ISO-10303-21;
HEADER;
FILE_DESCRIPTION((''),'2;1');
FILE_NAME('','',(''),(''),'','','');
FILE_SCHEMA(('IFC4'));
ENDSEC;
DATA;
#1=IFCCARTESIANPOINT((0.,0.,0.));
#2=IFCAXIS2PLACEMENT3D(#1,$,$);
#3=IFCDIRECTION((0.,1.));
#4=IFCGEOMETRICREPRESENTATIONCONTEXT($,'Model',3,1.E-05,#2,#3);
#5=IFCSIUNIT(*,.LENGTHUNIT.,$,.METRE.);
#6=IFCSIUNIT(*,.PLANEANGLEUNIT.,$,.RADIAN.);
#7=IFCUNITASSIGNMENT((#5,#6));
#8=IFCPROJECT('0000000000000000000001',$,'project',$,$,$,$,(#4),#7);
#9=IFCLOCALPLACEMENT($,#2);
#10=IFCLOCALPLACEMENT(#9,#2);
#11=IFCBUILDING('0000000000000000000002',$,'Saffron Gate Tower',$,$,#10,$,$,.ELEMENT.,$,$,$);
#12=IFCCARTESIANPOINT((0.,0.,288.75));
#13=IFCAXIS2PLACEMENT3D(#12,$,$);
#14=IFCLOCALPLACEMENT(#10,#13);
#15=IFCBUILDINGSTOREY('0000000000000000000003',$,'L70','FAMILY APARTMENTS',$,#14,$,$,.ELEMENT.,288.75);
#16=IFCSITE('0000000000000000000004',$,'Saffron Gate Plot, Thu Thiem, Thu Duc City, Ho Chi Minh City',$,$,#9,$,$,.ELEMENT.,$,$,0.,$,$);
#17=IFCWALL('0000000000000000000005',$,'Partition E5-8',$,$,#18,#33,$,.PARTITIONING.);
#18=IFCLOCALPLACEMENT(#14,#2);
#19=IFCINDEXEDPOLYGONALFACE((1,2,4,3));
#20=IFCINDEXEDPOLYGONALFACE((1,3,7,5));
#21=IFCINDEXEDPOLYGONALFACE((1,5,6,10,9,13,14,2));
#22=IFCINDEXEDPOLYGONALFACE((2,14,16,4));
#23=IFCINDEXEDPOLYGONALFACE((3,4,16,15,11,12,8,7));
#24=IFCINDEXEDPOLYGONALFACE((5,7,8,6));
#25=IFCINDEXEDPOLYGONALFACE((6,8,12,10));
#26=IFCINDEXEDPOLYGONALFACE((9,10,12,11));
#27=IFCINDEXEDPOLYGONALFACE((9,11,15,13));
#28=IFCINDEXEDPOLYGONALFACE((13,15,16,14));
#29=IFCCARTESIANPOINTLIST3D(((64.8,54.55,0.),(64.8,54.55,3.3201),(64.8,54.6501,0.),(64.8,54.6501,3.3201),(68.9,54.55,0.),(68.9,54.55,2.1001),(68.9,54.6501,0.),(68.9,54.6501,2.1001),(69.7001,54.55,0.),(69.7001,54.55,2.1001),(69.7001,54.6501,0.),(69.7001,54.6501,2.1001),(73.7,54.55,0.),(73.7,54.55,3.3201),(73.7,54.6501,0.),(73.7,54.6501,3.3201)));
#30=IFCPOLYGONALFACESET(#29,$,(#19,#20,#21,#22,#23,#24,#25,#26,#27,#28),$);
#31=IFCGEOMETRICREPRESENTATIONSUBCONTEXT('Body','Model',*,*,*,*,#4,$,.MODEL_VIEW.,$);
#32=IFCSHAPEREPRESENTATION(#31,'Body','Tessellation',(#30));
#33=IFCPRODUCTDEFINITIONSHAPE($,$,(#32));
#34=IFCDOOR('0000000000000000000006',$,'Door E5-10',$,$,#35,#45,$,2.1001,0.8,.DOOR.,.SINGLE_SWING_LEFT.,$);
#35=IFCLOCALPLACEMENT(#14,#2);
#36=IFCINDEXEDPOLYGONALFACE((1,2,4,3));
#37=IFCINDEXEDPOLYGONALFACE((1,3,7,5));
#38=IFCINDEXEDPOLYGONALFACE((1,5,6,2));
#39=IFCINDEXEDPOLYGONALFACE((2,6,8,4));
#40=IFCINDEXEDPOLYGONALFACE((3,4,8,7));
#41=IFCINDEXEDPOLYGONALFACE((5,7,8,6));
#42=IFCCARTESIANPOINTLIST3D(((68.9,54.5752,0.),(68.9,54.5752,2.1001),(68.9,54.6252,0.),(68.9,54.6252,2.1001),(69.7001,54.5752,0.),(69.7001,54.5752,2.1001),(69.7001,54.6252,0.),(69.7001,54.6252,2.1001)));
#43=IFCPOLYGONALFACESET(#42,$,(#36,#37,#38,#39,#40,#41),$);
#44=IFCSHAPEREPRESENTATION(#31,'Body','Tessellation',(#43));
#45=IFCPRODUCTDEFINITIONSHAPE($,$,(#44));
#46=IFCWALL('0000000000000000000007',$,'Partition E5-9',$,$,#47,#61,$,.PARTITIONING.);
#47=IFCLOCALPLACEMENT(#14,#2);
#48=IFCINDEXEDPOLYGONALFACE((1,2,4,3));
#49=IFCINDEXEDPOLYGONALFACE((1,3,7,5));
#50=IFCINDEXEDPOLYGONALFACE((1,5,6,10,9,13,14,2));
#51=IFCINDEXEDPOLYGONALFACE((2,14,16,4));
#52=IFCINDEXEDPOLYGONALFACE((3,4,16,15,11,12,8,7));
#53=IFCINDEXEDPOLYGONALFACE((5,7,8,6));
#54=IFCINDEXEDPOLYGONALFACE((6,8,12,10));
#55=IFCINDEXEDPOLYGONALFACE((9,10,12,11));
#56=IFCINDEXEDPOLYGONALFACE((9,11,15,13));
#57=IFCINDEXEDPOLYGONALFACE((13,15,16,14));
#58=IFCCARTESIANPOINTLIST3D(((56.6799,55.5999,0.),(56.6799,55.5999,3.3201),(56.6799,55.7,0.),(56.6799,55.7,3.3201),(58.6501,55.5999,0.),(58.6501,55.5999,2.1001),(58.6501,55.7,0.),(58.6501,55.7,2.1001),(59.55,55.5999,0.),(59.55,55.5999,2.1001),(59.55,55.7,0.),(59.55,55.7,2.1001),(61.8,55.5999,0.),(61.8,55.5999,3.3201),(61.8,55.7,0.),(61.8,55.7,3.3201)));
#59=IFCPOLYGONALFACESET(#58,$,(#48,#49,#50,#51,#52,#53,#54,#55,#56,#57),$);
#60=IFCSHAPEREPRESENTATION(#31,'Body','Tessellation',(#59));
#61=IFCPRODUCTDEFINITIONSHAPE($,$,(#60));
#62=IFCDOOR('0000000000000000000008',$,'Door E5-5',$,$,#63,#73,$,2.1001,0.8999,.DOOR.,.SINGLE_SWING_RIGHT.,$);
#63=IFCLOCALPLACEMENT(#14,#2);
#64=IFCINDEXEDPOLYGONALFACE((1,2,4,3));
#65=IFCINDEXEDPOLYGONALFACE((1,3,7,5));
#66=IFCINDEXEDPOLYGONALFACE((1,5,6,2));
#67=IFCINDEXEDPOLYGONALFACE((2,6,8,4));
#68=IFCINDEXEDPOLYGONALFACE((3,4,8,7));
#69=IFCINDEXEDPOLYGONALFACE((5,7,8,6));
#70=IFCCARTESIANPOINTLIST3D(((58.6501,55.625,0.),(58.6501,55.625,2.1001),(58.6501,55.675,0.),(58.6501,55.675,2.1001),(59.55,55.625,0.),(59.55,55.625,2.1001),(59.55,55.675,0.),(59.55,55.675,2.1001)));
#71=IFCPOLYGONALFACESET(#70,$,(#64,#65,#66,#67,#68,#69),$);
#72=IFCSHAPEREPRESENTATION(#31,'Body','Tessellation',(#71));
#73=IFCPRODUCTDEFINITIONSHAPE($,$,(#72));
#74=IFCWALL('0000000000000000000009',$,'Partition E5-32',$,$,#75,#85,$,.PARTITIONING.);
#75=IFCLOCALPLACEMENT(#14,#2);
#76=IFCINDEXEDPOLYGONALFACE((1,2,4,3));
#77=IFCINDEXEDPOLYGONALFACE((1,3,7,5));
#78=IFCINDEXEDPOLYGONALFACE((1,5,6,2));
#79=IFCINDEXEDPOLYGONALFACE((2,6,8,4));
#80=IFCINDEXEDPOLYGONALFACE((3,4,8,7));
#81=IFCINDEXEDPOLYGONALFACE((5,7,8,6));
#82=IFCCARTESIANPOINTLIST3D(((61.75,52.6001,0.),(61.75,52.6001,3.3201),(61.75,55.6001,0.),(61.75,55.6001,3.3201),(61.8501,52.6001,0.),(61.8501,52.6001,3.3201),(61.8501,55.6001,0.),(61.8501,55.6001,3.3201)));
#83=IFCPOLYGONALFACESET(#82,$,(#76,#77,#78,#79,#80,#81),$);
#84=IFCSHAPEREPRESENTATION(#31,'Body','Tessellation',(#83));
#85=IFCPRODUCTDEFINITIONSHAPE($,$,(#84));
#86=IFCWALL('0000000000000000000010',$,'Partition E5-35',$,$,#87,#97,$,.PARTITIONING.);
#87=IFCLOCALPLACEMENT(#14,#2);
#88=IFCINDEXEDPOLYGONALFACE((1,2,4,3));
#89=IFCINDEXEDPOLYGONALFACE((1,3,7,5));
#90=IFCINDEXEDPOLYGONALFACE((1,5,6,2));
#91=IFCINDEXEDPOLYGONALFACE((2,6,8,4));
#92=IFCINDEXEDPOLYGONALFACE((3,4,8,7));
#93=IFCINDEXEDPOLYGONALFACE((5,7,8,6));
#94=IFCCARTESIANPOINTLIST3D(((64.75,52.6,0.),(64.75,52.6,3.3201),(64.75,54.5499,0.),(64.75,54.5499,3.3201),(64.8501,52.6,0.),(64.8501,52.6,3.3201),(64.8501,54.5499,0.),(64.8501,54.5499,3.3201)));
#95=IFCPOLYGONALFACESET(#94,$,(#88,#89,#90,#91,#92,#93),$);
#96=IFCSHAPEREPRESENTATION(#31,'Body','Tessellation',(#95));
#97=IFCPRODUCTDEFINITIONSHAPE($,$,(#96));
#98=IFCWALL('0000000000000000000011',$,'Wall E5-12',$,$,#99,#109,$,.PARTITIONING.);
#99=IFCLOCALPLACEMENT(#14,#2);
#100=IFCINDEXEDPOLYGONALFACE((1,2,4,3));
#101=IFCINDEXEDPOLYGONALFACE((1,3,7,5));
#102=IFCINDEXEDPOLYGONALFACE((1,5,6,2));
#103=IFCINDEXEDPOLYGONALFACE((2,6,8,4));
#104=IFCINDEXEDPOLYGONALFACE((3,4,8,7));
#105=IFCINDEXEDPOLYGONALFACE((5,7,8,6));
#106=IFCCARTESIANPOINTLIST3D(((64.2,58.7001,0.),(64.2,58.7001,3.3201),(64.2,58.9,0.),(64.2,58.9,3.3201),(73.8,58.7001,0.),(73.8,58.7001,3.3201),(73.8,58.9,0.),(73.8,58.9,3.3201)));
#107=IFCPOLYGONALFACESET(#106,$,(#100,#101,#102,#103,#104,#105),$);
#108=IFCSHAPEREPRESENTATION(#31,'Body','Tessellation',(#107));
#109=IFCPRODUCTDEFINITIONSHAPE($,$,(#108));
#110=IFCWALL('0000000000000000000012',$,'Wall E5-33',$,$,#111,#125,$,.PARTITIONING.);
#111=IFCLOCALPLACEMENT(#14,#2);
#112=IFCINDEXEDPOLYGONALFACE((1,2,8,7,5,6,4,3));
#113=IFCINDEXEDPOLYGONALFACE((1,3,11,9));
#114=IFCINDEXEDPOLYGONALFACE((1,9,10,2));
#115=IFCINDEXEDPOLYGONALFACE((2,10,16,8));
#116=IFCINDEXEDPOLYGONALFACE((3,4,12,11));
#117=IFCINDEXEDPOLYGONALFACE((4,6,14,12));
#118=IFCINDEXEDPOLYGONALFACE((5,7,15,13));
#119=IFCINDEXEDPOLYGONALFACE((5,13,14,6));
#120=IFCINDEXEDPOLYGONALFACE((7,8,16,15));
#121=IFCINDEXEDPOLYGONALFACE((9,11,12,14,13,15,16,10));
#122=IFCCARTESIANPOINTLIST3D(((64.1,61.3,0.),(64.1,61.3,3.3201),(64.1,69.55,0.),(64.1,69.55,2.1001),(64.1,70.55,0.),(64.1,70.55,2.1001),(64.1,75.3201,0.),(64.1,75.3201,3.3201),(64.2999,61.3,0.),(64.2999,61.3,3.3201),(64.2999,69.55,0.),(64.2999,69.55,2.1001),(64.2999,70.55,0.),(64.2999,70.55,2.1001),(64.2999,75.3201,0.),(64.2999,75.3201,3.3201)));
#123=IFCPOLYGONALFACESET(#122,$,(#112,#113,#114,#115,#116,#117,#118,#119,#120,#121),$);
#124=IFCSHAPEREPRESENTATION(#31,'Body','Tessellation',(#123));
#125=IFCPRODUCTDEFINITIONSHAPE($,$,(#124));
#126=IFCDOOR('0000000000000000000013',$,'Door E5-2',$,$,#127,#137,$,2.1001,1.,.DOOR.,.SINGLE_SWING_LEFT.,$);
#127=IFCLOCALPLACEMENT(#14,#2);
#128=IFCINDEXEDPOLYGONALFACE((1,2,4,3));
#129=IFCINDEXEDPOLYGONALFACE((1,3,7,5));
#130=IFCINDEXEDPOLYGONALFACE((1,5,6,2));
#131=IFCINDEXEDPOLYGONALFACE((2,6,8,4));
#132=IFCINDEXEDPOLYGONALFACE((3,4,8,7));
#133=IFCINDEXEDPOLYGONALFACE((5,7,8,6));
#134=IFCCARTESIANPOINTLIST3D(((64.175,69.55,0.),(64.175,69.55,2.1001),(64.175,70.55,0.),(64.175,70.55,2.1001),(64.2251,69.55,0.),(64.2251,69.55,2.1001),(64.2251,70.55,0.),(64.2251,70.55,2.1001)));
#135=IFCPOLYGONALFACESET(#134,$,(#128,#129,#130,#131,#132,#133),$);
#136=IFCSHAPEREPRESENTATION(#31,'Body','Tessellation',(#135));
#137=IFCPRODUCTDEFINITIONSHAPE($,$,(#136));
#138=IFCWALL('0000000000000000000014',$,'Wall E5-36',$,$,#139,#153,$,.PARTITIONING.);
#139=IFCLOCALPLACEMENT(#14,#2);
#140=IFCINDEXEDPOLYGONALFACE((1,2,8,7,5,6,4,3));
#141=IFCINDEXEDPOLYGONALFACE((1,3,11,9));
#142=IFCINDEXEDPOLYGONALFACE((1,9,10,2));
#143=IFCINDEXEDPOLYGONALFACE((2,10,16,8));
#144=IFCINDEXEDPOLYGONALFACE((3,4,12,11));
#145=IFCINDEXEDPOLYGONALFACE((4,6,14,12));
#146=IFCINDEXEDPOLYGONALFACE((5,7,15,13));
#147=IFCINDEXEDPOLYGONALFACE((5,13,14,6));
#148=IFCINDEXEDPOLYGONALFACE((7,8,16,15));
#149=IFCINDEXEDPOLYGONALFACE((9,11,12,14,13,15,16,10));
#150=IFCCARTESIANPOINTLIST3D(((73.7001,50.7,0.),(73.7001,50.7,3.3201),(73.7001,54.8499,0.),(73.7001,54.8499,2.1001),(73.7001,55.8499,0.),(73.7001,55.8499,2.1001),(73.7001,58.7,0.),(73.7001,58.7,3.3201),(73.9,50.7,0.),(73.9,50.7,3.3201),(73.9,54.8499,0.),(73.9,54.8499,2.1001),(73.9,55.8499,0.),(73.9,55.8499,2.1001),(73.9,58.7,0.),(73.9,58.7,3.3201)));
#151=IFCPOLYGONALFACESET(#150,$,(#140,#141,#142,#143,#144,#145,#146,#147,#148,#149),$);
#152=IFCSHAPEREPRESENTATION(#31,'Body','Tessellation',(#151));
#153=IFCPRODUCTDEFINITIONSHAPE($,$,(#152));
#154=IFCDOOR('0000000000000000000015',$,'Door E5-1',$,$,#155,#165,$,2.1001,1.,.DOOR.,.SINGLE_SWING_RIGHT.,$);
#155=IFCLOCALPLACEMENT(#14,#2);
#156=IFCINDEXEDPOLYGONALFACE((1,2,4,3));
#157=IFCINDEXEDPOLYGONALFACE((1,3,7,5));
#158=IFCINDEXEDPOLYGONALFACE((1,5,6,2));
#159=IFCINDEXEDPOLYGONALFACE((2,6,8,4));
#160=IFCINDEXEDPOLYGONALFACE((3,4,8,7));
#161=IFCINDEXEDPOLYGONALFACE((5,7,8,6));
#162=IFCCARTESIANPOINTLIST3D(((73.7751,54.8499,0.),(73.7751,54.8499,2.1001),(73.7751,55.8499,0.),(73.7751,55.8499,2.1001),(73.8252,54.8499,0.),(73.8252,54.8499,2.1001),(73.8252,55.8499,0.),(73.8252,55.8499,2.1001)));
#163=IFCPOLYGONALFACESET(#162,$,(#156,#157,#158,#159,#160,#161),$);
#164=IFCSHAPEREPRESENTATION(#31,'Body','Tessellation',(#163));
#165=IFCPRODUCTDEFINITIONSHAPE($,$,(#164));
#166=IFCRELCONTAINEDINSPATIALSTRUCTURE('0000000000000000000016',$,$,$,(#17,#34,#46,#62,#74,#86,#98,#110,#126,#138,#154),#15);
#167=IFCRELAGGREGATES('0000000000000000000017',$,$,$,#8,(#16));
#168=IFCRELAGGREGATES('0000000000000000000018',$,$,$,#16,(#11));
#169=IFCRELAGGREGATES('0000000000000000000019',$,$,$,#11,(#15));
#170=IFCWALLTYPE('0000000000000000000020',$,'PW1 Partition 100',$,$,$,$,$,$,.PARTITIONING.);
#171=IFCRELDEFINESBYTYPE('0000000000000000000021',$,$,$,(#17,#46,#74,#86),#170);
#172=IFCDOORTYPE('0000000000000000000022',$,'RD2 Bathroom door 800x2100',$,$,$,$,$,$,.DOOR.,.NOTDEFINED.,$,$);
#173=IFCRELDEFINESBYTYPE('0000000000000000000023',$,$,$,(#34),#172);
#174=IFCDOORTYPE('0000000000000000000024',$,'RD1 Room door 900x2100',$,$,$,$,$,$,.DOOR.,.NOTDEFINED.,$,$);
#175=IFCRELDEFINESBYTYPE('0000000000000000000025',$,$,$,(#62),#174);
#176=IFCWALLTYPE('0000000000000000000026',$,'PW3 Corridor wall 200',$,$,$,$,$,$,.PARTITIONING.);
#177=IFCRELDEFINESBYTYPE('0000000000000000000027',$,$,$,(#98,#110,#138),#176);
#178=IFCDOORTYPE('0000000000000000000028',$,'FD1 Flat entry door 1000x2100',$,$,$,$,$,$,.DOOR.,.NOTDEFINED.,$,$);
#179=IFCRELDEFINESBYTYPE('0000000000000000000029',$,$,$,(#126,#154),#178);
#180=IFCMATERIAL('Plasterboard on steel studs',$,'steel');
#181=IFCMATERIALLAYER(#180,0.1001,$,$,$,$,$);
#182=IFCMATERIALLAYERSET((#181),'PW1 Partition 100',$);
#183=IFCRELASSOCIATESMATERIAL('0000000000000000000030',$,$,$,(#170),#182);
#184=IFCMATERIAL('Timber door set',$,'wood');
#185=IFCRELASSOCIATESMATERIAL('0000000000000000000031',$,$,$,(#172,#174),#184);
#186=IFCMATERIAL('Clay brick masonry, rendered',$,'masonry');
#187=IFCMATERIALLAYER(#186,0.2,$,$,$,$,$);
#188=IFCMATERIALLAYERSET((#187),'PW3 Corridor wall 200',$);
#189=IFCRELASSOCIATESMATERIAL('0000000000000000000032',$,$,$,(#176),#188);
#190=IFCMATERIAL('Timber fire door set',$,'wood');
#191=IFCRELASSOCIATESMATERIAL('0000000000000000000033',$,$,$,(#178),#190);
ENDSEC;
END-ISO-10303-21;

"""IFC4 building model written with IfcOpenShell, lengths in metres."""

from ifc_helpers import new_model, si_unit, direction, frame, frame_2d, origin, place, context, subcontext, project, spatial, rectangle, extrude, material, layer, layer_set, type_object, element, fill, save


model = new_model("IFC4")

# Units and contexts
model_context = context("Model", 3, precision=1e-05, world=origin(), true_north=direction((0.0, 1.0)))
body_context = subcontext(model_context, "Body", "Model", "MODEL_VIEW")
ifc_project = project(units=[si_unit("LENGTHUNIT", "METRE"), si_unit("PLANEANGLEUNIT", "RADIAN")], contexts=[model_context])

# Site, building, storey
site_placement = place(None, origin())
site = spatial("IfcSite", under=ifc_project, at=site_placement, Name="Saffron Gate Plot, Thu Thiem, Thu Duc City, Ho Chi Minh City", CompositionType="ELEMENT", RefElevation=0.0)
building_placement = place(site_placement, origin())
building = spatial("IfcBuilding", under=site, at=building_placement, Name="Saffron Gate Tower", CompositionType="ELEMENT")
storey_placement = place(building_placement, frame((0.0, 0.0, 288.75)))
storey = spatial("IfcBuildingStorey", under=building, at=storey_placement, Name="L70", Description="FAMILY APARTMENTS", CompositionType="ELEMENT", Elevation=288.75)

# Walls, openings, doors
ifc_material_1 = material(Name="Plasterboard on steel studs", Category="steel")
ifc_layer_1 = layer(ifc_material_1, 0.1001)
ifc_layer_set_1 = layer_set([ifc_layer_1], Name="PW1 Partition 100")
wall_type_1 = type_object("IfcWallType", Name="PW1 Partition 100", PredefinedType="PARTITIONING", material=ifc_layer_set_1)
wall_1_placement = place(storey_placement, frame((73.7, 54.6001, 0.0), z_axis=(0.0, 0.0, 1.0), x_axis=(-1.0, 0.0, 0.0)))
wall_1 = element("IfcWall", 1, at=wall_1_placement, inside=storey, type_object=wall_type_1, Name="Partition E5-8", PredefinedType="PARTITIONING", context=body_context, shape_type="SweptSolid", body=[
    extrude(rectangle(XDim=8.8999, YDim=0.1001, at=frame_2d((4.45, 0.0))), origin(), (0.0, 0.0, 1.0), 3.3201),
])
opening_1_placement = place(wall_1_placement, frame((4.0, 0.0, 0.0)))
opening_1 = element("IfcOpeningElement", 2, at=opening_1_placement, cuts=wall_1, PredefinedType="OPENING", context=body_context, shape_type="SweptSolid", body=[
    extrude(rectangle(XDim=0.8, YDim=2.1001, at=frame_2d((0.3999, 1.05))), frame((0.0, 0.0601, 0.0), z_axis=(0.0, -1.0, 0.0), x_axis=(1.0, 0.0, 0.0)), (0.0, 0.0, 1.0), 0.1201),
])
ifc_material_2 = material(Name="Timber door set", Category="wood")
door_type_1 = type_object("IfcDoorType", Name="RD2 Bathroom door 800x2100", OperationType="NOTDEFINED", PredefinedType="DOOR", material=ifc_material_2)
door_1_placement = place(opening_1_placement, origin())
door_1 = element("IfcDoor", 3, at=door_1_placement, inside=storey, type_object=door_type_1, Name="Door E5-10", OperationType="SINGLE_SWING_LEFT", OverallHeight=2.1001, OverallWidth=0.8, PredefinedType="DOOR", context=body_context, shape_type="SweptSolid", body=[
    extrude(rectangle(XDim=0.8, YDim=2.1001, at=frame_2d((0.3999, 1.05))), frame((0.0, 0.0249, 0.0), z_axis=(0.0, -1.0, 0.0), x_axis=(1.0, 0.0, 0.0)), (0.0, 0.0, 1.0), 0.05),
])
fill(opening_1, door_1)
wall_2_placement = place(storey_placement, frame((61.8, 55.6499, 0.0), z_axis=(0.0, 0.0, 1.0), x_axis=(-1.0, 0.0, 0.0)))
wall_2 = element("IfcWall", 4, at=wall_2_placement, inside=storey, type_object=wall_type_1, Name="Partition E5-9", PredefinedType="PARTITIONING", context=body_context, shape_type="SweptSolid", body=[
    extrude(rectangle(XDim=5.1201, YDim=0.1001, at=frame_2d((2.5601, 0.0))), origin(), (0.0, 0.0, 1.0), 3.3201),
])
opening_2_placement = place(wall_2_placement, frame((2.25, 0.0, 0.0)))
opening_2 = element("IfcOpeningElement", 5, at=opening_2_placement, cuts=wall_2, PredefinedType="OPENING", context=body_context, shape_type="SweptSolid", body=[
    extrude(rectangle(XDim=0.8999, YDim=2.1001, at=frame_2d((0.45, 1.05))), frame((0.0, 0.0601, 0.0), z_axis=(0.0, -1.0, 0.0), x_axis=(1.0, 0.0, 0.0)), (0.0, 0.0, 1.0), 0.1201),
])
door_type_2 = type_object("IfcDoorType", Name="RD1 Room door 900x2100", OperationType="NOTDEFINED", PredefinedType="DOOR", material=ifc_material_2)
door_2_placement = place(opening_2_placement, origin())
door_2 = element("IfcDoor", 6, at=door_2_placement, inside=storey, type_object=door_type_2, Name="Door E5-5", OperationType="SINGLE_SWING_RIGHT", OverallHeight=2.1001, OverallWidth=0.8999, PredefinedType="DOOR", context=body_context, shape_type="SweptSolid", body=[
    extrude(rectangle(XDim=0.8999, YDim=2.1001, at=frame_2d((0.45, 1.05))), frame((0.0, 0.0249, 0.0), z_axis=(0.0, -1.0, 0.0), x_axis=(1.0, 0.0, 0.0)), (0.0, 0.0, 1.0), 0.05),
])
fill(opening_2, door_2)

# Walls
wall_3_placement = place(storey_placement, frame((61.8, 55.6001, 0.0), z_axis=(0.0, 0.0, 1.0), x_axis=(0.0, -1.0, 0.0)))
element("IfcWall", 7, at=wall_3_placement, inside=storey, type_object=wall_type_1, Name="Partition E5-32", PredefinedType="PARTITIONING", context=body_context, shape_type="SweptSolid", body=[
    extrude(rectangle(XDim=3.0, YDim=0.1001, at=frame_2d((1.5, 0.0))), origin(), (0.0, 0.0, 1.0), 3.3201),
])
wall_4_placement = place(storey_placement, frame((64.8, 54.55, 0.0), z_axis=(0.0, 0.0, 1.0), x_axis=(0.0, -1.0, 0.0)))
element("IfcWall", 8, at=wall_4_placement, inside=storey, type_object=wall_type_1, Name="Partition E5-35", PredefinedType="PARTITIONING", context=body_context, shape_type="SweptSolid", body=[
    extrude(rectangle(XDim=1.95, YDim=0.1001, at=frame_2d((0.9751, 0.0))), origin(), (0.0, 0.0, 1.0), 3.3201),
])
ifc_material_3 = material(Name="Clay brick masonry, rendered", Category="masonry")
ifc_layer_2 = layer(ifc_material_3, 0.2)
ifc_layer_set_2 = layer_set([ifc_layer_2], Name="PW3 Corridor wall 200")
wall_type_2 = type_object("IfcWallType", Name="PW3 Corridor wall 200", PredefinedType="PARTITIONING", material=ifc_layer_set_2)
wall_5_placement = place(storey_placement, frame((64.2, 58.8, 0.0), z_axis=(0.0, 0.0, 1.0), x_axis=(1.0, 0.0, 0.0)))
element("IfcWall", 9, at=wall_5_placement, inside=storey, type_object=wall_type_2, Name="Wall E5-12", PredefinedType="PARTITIONING", context=body_context, shape_type="SweptSolid", body=[
    extrude(rectangle(XDim=9.6001, YDim=0.2, at=frame_2d((4.8, 0.0))), origin(), (0.0, 0.0, 1.0), 3.3201),
])

# Walls, openings, doors
wall_6_placement = place(storey_placement, frame((64.2, 61.3, 0.0), z_axis=(0.0, 0.0, 1.0), x_axis=(0.0, 1.0, 0.0)))
wall_6 = element("IfcWall", 10, at=wall_6_placement, inside=storey, type_object=wall_type_2, Name="Wall E5-33", PredefinedType="PARTITIONING", context=body_context, shape_type="SweptSolid", body=[
    extrude(rectangle(XDim=14.02, YDim=0.2, at=frame_2d((7.01, 0.0))), origin(), (0.0, 0.0, 1.0), 3.3201),
])
opening_3_placement = place(wall_6_placement, frame((8.25, 0.0, 0.0)))
opening_3 = element("IfcOpeningElement", 11, at=opening_3_placement, cuts=wall_6, PredefinedType="OPENING", context=body_context, shape_type="SweptSolid", body=[
    extrude(rectangle(XDim=1.0, YDim=2.1001, at=frame_2d((0.5, 1.05))), frame((0.0, 0.1099, 0.0), z_axis=(0.0, -1.0, 0.0), x_axis=(1.0, 0.0, 0.0)), (0.0, 0.0, 1.0), 0.22),
])
ifc_material_4 = material(Name="Timber fire door set", Category="wood")
door_type_3 = type_object("IfcDoorType", Name="FD1 Flat entry door 1000x2100", OperationType="NOTDEFINED", PredefinedType="DOOR", material=ifc_material_4)
door_3_placement = place(opening_3_placement, origin())
door_3 = element("IfcDoor", 12, at=door_3_placement, inside=storey, type_object=door_type_3, Name="Door E5-2", OperationType="SINGLE_SWING_LEFT", OverallHeight=2.1001, OverallWidth=1.0, PredefinedType="DOOR", context=body_context, shape_type="SweptSolid", body=[
    extrude(rectangle(XDim=1.0, YDim=2.1001, at=frame_2d((0.5, 1.05))), frame((0.0, 0.0249, 0.0), z_axis=(0.0, -1.0, 0.0), x_axis=(1.0, 0.0, 0.0)), (0.0, 0.0, 1.0), 0.05),
])
fill(opening_3, door_3)
wall_7_placement = place(storey_placement, frame((73.8, 50.7, 0.0), z_axis=(0.0, 0.0, 1.0), x_axis=(0.0, 1.0, 0.0)))
wall_7 = element("IfcWall", 13, at=wall_7_placement, inside=storey, type_object=wall_type_2, Name="Wall E5-36", PredefinedType="PARTITIONING", context=body_context, shape_type="SweptSolid", body=[
    extrude(rectangle(XDim=8.0, YDim=0.2, at=frame_2d((4.0, 0.0))), origin(), (0.0, 0.0, 1.0), 3.3201),
])
opening_4_placement = place(wall_7_placement, frame((4.1499, 0.0, 0.0)))
opening_4 = element("IfcOpeningElement", 14, at=opening_4_placement, cuts=wall_7, PredefinedType="OPENING", context=body_context, shape_type="SweptSolid", body=[
    extrude(rectangle(XDim=1.0, YDim=2.1001, at=frame_2d((0.5, 1.05))), frame((0.0, 0.1099, 0.0), z_axis=(0.0, -1.0, 0.0), x_axis=(1.0, 0.0, 0.0)), (0.0, 0.0, 1.0), 0.22),
])
door_4_placement = place(opening_4_placement, origin())
door_4 = element("IfcDoor", 15, at=door_4_placement, inside=storey, type_object=door_type_3, Name="Door E5-1", OperationType="SINGLE_SWING_RIGHT", OverallHeight=2.1001, OverallWidth=1.0, PredefinedType="DOOR", context=body_context, shape_type="SweptSolid", body=[
    extrude(rectangle(XDim=1.0, YDim=2.1001, at=frame_2d((0.5, 1.05))), frame((0.0, 0.0249, 0.0), z_axis=(0.0, -1.0, 0.0), x_axis=(1.0, 0.0, 0.0)), (0.0, 0.0, 1.0), 0.05),
])
fill(opening_4, door_4)

save(model, "model.ifc")
